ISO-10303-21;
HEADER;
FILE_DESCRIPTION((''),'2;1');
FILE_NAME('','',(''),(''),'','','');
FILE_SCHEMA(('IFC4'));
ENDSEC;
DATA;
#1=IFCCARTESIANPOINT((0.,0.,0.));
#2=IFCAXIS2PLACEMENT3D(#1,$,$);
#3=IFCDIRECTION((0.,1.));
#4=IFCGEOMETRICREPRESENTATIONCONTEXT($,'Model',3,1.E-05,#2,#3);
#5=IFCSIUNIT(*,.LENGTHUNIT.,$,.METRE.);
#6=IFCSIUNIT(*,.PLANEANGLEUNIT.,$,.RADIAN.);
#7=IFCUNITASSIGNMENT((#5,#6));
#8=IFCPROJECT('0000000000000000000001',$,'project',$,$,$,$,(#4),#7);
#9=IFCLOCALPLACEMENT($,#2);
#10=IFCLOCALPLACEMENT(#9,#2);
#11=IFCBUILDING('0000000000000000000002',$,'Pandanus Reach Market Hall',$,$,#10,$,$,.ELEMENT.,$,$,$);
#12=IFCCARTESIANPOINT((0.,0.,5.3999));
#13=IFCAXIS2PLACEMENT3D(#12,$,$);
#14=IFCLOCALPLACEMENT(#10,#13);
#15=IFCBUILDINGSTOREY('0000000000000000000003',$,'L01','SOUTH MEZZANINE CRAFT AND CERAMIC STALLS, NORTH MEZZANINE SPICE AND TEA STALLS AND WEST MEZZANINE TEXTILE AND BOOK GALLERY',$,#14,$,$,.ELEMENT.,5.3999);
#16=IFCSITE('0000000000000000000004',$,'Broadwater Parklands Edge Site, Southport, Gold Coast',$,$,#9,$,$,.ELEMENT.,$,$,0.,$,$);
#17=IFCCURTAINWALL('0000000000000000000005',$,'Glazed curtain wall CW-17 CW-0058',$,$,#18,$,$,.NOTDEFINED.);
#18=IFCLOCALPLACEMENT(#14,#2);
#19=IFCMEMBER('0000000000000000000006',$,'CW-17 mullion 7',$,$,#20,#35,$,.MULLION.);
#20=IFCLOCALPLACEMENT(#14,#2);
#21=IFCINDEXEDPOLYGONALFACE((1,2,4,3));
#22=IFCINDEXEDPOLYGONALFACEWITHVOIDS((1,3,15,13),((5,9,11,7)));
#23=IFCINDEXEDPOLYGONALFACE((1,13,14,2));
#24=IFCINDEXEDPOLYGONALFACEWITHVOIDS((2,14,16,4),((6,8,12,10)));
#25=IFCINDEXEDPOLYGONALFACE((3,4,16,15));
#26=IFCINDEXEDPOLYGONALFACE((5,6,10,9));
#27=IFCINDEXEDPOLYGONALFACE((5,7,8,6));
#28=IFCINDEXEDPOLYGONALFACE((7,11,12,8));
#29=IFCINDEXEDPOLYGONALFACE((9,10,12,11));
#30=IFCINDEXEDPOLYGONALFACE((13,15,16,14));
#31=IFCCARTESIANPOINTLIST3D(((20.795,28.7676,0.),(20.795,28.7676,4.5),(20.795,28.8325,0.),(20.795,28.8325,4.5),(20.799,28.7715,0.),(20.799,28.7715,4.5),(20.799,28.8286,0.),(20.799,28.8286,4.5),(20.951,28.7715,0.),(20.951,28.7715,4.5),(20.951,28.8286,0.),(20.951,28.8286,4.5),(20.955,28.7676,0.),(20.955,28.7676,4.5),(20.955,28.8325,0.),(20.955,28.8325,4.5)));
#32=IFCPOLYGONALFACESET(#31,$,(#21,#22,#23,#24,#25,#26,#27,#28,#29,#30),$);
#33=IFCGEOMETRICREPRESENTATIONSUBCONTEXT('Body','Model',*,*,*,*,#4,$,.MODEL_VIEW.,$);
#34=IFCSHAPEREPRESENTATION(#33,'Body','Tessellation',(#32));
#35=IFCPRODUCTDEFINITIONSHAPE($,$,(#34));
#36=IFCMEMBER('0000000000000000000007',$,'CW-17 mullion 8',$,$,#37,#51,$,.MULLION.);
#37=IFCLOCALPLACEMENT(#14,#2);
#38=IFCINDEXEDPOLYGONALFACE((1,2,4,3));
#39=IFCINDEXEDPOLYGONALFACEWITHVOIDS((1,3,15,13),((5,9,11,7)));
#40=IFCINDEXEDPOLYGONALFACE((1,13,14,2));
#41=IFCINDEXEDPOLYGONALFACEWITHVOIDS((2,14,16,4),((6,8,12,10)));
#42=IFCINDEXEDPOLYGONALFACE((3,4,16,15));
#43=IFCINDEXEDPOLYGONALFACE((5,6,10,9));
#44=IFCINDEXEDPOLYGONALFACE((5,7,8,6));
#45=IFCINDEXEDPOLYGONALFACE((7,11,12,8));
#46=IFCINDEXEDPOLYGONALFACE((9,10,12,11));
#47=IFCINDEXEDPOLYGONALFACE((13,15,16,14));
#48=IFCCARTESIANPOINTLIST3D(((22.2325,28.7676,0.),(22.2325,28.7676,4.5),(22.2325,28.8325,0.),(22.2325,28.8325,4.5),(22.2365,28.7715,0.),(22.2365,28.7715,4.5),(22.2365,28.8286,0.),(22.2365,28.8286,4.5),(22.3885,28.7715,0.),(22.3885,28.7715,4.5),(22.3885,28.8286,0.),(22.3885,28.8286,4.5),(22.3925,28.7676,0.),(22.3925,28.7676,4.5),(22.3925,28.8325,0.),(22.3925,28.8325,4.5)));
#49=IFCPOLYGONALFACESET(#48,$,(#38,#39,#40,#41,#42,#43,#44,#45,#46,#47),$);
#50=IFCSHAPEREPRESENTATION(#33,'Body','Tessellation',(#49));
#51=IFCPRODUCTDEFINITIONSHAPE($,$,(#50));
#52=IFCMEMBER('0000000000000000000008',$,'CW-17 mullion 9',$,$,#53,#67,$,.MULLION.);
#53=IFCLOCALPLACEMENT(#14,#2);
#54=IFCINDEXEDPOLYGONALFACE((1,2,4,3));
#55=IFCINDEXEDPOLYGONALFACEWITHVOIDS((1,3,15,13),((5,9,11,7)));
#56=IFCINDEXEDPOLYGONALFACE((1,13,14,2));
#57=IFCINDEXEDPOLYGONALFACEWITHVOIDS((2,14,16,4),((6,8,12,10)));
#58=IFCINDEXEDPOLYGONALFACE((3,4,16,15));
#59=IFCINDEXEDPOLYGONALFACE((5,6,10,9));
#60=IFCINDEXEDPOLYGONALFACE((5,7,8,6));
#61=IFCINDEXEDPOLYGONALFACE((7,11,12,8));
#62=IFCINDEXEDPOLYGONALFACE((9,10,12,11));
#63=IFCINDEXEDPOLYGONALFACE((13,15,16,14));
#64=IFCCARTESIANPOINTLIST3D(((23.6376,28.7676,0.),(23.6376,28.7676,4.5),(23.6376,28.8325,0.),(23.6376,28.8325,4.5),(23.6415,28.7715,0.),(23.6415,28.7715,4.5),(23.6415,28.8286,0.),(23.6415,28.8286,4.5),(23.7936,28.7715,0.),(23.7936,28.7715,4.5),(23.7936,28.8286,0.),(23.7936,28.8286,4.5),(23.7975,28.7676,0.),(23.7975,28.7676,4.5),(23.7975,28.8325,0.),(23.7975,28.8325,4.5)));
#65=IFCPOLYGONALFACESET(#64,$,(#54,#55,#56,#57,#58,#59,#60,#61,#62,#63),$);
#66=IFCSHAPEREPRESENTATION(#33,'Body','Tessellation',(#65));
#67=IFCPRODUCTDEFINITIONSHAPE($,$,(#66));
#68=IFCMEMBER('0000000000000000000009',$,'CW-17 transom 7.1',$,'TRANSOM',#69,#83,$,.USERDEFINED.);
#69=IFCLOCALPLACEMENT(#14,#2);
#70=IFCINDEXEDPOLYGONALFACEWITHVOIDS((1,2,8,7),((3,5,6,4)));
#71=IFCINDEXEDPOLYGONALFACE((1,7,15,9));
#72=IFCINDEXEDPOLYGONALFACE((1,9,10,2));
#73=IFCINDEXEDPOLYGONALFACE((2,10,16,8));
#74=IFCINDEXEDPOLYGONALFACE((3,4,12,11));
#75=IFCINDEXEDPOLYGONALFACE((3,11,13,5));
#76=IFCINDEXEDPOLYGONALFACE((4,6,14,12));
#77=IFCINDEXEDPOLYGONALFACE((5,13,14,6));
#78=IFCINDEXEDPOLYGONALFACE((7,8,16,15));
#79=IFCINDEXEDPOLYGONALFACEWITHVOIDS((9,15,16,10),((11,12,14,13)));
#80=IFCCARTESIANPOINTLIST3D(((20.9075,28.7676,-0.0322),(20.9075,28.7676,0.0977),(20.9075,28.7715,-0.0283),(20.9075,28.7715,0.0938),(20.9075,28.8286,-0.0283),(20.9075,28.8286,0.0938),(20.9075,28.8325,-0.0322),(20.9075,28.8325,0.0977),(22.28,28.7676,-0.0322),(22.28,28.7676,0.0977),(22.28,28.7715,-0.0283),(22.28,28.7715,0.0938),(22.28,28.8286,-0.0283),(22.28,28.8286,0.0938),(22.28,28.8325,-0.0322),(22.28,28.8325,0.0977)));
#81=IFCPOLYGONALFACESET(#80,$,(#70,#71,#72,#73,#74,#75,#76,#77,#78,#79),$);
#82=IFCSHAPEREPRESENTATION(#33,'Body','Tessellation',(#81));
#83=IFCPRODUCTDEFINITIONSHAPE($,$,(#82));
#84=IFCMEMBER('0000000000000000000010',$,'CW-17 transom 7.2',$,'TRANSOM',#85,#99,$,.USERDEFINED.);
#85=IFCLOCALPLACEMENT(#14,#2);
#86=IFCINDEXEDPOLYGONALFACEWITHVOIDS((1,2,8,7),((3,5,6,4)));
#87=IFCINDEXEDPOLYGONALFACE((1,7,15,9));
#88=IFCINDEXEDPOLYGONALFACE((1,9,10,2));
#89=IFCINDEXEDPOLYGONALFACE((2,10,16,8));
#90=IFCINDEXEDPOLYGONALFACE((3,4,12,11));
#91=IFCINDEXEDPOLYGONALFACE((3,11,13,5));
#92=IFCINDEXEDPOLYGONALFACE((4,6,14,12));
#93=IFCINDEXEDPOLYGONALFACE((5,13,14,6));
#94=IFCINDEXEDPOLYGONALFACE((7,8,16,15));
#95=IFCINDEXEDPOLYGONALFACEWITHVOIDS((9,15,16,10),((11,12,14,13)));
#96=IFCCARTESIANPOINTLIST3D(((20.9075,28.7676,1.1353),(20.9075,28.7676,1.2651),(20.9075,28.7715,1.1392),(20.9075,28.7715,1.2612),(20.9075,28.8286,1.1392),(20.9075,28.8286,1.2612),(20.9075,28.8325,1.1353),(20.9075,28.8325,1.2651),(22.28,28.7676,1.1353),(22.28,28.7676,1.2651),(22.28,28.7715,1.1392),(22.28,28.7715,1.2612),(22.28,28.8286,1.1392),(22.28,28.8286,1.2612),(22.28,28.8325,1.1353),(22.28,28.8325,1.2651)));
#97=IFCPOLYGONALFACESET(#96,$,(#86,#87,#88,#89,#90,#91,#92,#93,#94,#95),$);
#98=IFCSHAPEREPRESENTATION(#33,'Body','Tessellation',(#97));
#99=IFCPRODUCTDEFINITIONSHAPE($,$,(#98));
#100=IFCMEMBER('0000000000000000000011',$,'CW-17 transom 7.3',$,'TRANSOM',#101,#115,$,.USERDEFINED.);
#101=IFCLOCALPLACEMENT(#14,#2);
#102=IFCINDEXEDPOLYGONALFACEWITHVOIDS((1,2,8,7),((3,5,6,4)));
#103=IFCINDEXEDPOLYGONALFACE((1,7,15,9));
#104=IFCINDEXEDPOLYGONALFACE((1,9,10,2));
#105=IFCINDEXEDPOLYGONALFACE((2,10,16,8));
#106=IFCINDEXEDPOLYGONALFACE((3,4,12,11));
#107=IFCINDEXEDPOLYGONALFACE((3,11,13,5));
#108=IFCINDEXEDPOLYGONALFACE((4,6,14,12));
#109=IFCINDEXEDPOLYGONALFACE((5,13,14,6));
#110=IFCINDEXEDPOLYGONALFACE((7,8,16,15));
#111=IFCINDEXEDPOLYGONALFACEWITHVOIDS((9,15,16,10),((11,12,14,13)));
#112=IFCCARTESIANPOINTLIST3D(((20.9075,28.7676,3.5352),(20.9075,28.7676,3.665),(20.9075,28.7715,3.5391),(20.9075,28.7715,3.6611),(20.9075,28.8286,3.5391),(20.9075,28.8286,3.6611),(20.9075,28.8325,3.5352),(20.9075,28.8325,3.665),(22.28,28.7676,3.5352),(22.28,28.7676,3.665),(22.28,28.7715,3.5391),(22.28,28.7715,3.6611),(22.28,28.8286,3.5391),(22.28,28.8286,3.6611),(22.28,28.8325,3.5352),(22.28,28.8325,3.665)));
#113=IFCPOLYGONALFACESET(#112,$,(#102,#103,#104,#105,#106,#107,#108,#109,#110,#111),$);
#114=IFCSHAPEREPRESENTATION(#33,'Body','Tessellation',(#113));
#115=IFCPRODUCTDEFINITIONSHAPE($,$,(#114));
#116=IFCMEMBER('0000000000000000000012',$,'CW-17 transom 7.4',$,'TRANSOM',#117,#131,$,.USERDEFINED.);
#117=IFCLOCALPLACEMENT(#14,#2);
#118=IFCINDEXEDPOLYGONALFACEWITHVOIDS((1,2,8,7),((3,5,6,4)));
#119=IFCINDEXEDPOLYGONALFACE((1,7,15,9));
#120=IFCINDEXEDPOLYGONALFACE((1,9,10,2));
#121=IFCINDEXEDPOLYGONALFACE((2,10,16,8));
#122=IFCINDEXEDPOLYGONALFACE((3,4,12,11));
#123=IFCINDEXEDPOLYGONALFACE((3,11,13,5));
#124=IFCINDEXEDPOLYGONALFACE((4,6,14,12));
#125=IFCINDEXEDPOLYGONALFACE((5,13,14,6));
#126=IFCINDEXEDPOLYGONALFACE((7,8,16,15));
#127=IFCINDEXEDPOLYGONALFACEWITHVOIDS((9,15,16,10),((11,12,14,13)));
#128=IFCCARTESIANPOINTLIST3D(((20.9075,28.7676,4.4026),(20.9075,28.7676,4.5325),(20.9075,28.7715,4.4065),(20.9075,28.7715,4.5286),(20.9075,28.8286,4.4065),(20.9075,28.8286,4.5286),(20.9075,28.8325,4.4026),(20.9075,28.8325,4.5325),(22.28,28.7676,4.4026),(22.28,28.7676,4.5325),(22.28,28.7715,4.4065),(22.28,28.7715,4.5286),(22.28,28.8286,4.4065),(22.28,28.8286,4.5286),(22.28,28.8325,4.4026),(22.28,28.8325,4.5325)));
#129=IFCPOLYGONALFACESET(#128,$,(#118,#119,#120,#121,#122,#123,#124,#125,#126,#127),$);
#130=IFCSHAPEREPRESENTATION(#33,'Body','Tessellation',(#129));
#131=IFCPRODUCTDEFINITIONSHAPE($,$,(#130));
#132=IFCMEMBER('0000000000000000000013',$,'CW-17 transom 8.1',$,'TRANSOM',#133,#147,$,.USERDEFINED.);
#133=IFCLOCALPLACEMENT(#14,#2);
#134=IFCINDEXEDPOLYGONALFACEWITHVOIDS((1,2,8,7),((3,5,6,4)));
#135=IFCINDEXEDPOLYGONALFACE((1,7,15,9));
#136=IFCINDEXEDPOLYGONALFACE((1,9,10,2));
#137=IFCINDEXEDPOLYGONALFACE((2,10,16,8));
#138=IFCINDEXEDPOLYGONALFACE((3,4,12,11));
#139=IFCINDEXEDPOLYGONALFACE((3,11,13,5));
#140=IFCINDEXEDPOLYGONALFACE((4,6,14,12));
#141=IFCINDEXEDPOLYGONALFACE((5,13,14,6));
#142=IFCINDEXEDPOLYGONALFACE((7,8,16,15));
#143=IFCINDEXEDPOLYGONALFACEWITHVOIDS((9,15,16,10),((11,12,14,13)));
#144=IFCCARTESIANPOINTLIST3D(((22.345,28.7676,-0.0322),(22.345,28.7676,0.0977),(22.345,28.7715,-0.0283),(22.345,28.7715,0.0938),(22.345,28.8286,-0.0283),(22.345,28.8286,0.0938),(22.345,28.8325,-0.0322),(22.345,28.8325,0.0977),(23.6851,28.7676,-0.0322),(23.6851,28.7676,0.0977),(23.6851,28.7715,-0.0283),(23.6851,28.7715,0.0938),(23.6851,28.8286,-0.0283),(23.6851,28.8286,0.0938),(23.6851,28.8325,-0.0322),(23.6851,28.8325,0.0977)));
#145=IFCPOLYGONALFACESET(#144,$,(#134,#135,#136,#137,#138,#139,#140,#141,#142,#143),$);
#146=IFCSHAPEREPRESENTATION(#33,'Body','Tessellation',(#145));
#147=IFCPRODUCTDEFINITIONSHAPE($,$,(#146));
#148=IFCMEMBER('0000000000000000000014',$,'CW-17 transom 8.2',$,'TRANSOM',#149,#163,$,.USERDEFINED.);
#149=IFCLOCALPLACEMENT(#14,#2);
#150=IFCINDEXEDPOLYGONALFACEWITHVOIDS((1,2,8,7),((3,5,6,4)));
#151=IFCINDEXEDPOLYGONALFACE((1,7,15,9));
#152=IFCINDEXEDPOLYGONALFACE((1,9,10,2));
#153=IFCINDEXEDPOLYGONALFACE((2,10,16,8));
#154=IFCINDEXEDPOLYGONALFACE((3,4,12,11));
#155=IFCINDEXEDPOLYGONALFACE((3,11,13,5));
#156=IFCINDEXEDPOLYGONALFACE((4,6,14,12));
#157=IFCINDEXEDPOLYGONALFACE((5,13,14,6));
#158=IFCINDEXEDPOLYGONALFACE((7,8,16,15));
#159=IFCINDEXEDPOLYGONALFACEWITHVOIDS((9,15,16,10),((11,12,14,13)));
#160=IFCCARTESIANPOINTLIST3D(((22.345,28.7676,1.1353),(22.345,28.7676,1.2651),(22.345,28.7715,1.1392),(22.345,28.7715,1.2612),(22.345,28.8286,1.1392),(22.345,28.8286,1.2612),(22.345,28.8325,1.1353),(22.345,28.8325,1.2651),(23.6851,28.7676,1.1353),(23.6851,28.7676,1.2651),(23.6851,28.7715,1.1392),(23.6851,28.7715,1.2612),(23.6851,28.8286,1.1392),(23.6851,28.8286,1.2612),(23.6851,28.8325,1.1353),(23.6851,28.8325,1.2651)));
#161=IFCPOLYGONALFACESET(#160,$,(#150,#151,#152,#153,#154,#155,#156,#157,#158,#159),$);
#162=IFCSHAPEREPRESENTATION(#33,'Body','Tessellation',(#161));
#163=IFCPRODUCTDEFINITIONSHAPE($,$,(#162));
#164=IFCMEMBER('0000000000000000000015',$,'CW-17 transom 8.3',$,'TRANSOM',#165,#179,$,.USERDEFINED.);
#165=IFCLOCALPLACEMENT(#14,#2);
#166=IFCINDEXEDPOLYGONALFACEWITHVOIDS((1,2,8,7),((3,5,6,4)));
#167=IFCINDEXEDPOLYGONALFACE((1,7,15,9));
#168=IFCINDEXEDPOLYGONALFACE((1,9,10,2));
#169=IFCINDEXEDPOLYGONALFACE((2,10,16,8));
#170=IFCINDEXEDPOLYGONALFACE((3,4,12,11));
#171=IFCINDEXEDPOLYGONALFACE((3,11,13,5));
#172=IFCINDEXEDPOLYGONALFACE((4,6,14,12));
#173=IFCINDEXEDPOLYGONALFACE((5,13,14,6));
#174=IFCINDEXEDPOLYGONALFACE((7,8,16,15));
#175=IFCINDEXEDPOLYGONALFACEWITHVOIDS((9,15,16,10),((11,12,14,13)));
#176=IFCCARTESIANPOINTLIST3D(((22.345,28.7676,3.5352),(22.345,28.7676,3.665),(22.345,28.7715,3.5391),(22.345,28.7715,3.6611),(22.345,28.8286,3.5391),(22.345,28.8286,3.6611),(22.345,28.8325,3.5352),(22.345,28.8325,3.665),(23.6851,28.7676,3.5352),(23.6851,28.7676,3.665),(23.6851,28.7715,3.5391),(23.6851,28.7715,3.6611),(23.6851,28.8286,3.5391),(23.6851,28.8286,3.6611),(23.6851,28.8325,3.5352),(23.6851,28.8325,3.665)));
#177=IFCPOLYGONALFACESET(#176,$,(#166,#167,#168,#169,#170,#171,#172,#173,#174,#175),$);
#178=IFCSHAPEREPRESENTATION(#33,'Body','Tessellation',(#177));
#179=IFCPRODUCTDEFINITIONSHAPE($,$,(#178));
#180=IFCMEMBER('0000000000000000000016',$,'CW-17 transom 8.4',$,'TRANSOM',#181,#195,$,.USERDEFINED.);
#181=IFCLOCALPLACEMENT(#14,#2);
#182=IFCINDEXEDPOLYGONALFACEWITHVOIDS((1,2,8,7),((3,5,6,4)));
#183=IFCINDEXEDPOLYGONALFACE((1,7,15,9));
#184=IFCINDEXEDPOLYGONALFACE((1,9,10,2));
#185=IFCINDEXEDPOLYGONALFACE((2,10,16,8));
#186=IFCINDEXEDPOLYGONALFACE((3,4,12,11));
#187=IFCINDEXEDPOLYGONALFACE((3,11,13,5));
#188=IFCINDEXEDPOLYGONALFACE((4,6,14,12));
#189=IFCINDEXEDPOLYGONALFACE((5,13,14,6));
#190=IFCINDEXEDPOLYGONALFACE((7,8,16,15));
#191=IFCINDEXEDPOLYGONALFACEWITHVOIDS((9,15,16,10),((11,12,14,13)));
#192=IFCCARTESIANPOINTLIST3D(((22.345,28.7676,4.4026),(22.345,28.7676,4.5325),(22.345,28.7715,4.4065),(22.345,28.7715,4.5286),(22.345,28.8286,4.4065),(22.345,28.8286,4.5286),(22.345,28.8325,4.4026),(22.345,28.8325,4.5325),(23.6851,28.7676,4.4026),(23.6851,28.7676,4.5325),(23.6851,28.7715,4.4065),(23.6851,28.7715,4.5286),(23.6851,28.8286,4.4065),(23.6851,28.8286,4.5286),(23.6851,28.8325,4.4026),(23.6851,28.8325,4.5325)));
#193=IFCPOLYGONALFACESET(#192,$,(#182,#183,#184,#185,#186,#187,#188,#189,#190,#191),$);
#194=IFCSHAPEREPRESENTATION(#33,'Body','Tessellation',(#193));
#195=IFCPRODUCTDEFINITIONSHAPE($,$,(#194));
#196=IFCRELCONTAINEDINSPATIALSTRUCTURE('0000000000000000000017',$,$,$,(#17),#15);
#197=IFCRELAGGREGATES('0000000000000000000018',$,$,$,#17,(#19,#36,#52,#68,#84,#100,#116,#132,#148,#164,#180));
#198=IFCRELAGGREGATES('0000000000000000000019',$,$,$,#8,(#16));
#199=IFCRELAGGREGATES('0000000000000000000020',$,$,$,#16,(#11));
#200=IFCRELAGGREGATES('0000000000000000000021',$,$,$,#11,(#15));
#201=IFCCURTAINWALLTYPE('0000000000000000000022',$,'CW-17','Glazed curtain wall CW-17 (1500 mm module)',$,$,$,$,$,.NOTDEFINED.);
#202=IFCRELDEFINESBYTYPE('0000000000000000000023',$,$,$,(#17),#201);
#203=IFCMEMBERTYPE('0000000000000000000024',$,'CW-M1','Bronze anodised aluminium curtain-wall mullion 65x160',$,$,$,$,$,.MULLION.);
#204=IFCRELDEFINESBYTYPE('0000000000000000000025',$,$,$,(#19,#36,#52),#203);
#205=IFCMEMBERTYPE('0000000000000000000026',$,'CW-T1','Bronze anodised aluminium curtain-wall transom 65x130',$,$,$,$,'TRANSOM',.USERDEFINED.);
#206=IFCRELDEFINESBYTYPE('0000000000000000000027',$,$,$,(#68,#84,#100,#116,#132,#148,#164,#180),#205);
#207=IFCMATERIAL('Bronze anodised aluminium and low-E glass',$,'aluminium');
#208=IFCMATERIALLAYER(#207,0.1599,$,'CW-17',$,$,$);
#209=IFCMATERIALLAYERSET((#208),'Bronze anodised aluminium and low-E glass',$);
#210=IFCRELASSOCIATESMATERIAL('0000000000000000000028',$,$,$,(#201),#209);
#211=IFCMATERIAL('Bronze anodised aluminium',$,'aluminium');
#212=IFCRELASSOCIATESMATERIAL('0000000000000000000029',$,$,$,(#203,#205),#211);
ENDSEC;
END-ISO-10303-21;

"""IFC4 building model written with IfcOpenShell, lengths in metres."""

from ifc_helpers import new_model, si_unit, direction, frame, origin, origin_2d, place, context, subcontext, project, spatial, hollow_rectangle, extrude, material, layer, layer_set, material_profile, profile_set, type_object, element, aggregate, save


model = new_model("IFC4")

# Units and contexts
model_context = context("Model", 3, precision=1e-05, world=origin(), true_north=direction((0.0, 1.0)))
body_context = subcontext(model_context, "Body", "Model", "MODEL_VIEW")
ifc_project = project(units=[si_unit("LENGTHUNIT", "METRE"), si_unit("PLANEANGLEUNIT", "RADIAN")], contexts=[model_context])

# Site, building, storey
site_placement = place(None, origin())
site = spatial("IfcSite", under=ifc_project, at=site_placement, Name="Broadwater Parklands Edge Site, Southport, Gold Coast", CompositionType="ELEMENT", RefElevation=0.0)
building_placement = place(site_placement, origin())
building = spatial("IfcBuilding", under=site, at=building_placement, Name="Pandanus Reach Market Hall", CompositionType="ELEMENT")
storey_placement = place(building_placement, frame((0.0, 0.0, 5.3999)))
storey = spatial("IfcBuildingStorey", under=building, at=storey_placement, Name="L01", Description="SOUTH MEZZANINE CRAFT AND CERAMIC STALLS, NORTH MEZZANINE SPICE AND TEA STALLS AND WEST MEZZANINE TEXTILE AND BOOK GALLERY", CompositionType="ELEMENT", Elevation=5.3999)

# Curtain wall, members
ifc_material_1 = material(Name="Bronze anodised aluminium and low-E glass", Category="aluminium")
ifc_layer_1 = layer(ifc_material_1, 0.1599, Name="CW-17")
ifc_layer_set_1 = layer_set([ifc_layer_1], Name="Bronze anodised aluminium and low-E glass")
curtain_wall_type = type_object("IfcCurtainWallType", Name="CW-17", Description="Glazed curtain wall CW-17 (1500 mm module)", PredefinedType="NOTDEFINED", material=ifc_layer_set_1)
curtain_wall_placement = place(storey_placement, origin())
curtain_wall = element("IfcCurtainWall", 1, at=curtain_wall_placement, inside=storey, type_object=curtain_wall_type, Name="Glazed curtain wall CW-17 CW-0058", PredefinedType="NOTDEFINED")
ifc_material_2 = material(Name="Bronze anodised aluminium", Category="aluminium")
ifc_material_profile_1 = material_profile(ifc_material_2, hollow_rectangle(XDim=0.0649, YDim=0.1599, WallThickness=0.0039, at=origin_2d()), Name="ALU65x160", Category="LoadBearing")
ifc_profile_set_1 = profile_set([ifc_material_profile_1], Name="Bronze anodised aluminium")
member_type_1 = type_object("IfcMemberType", Name="CW-M1", Description="Bronze anodised aluminium curtain-wall mullion 65x160", PredefinedType="MULLION", material=ifc_profile_set_1)
member_1_placement = place(storey_placement, frame((20.875, 28.8, 0.0), z_axis=(0.0, 0.0, 1.0), x_axis=(0.0, 1.0, 0.0)))
member_1 = element("IfcMember", 2, at=member_1_placement, type_object=member_type_1, Name="CW-17 mullion 7", PredefinedType="MULLION", context=body_context, shape_type="SweptSolid", body=[
    extrude(hollow_rectangle(XDim=0.0649, YDim=0.1599, WallThickness=0.0039, at=origin_2d()), origin(), (0.0, 0.0, 1.0), 4.5),
])
member_2_placement = place(storey_placement, frame((22.3125, 28.8, 0.0), z_axis=(0.0, 0.0, 1.0), x_axis=(0.0, 1.0, 0.0)))
member_2 = element("IfcMember", 3, at=member_2_placement, type_object=member_type_1, Name="CW-17 mullion 8", PredefinedType="MULLION", context=body_context, shape_type="SweptSolid", body=[
    extrude(hollow_rectangle(XDim=0.0649, YDim=0.1599, WallThickness=0.0039, at=origin_2d()), origin(), (0.0, 0.0, 1.0), 4.5),
])
member_3_placement = place(storey_placement, frame((23.7175, 28.8, 0.0), z_axis=(0.0, 0.0, 1.0), x_axis=(0.0, 1.0, 0.0)))
member_3 = element("IfcMember", 4, at=member_3_placement, type_object=member_type_1, Name="CW-17 mullion 9", PredefinedType="MULLION", context=body_context, shape_type="SweptSolid", body=[
    extrude(hollow_rectangle(XDim=0.0649, YDim=0.1599, WallThickness=0.0039, at=origin_2d()), origin(), (0.0, 0.0, 1.0), 4.5),
])
ifc_material_profile_2 = material_profile(ifc_material_2, hollow_rectangle(XDim=0.0649, YDim=0.1299, WallThickness=0.0039, at=origin_2d()), Name="ALU65x130", Category="LoadBearing")
ifc_profile_set_2 = profile_set([ifc_material_profile_2], Name="Bronze anodised aluminium")
member_type_2 = type_object("IfcMemberType", Name="CW-T1", Description="Bronze anodised aluminium curtain-wall transom 65x130", ElementType="TRANSOM", PredefinedType="USERDEFINED", material=ifc_profile_set_2)
member_4_placement = place(storey_placement, frame((20.9075, 28.8, 0.0327), z_axis=(1.0, 0.0, 0.0), x_axis=(0.0, 1.0, 0.0)))
member_4 = element("IfcMember", 5, at=member_4_placement, type_object=member_type_2, Name="CW-17 transom 7.1", ObjectType="TRANSOM", PredefinedType="USERDEFINED", context=body_context, shape_type="SweptSolid", body=[
    extrude(hollow_rectangle(XDim=0.0649, YDim=0.1299, WallThickness=0.0039, at=origin_2d()), origin(), (0.0, 0.0, 1.0), 1.3726),
])
member_5_placement = place(storey_placement, frame((20.9075, 28.8, 1.2002), z_axis=(1.0, 0.0, 0.0), x_axis=(0.0, 1.0, 0.0)))
member_5 = element("IfcMember", 6, at=member_5_placement, type_object=member_type_2, Name="CW-17 transom 7.2", ObjectType="TRANSOM", PredefinedType="USERDEFINED", context=body_context, shape_type="SweptSolid", body=[
    extrude(hollow_rectangle(XDim=0.0649, YDim=0.1299, WallThickness=0.0039, at=origin_2d()), origin(), (0.0, 0.0, 1.0), 1.3726),
])
member_6_placement = place(storey_placement, frame((20.9075, 28.8, 3.6001), z_axis=(1.0, 0.0, 0.0), x_axis=(0.0, 1.0, 0.0)))
member_6 = element("IfcMember", 7, at=member_6_placement, type_object=member_type_2, Name="CW-17 transom 7.3", ObjectType="TRANSOM", PredefinedType="USERDEFINED", context=body_context, shape_type="SweptSolid", body=[
    extrude(hollow_rectangle(XDim=0.0649, YDim=0.1299, WallThickness=0.0039, at=origin_2d()), origin(), (0.0, 0.0, 1.0), 1.3726),
])
member_7_placement = place(storey_placement, frame((20.9075, 28.8, 4.4675), z_axis=(1.0, 0.0, 0.0), x_axis=(0.0, 1.0, 0.0)))
member_7 = element("IfcMember", 8, at=member_7_placement, type_object=member_type_2, Name="CW-17 transom 7.4", ObjectType="TRANSOM", PredefinedType="USERDEFINED", context=body_context, shape_type="SweptSolid", body=[
    extrude(hollow_rectangle(XDim=0.0649, YDim=0.1299, WallThickness=0.0039, at=origin_2d()), origin(), (0.0, 0.0, 1.0), 1.3726),
])
member_8_placement = place(storey_placement, frame((22.345, 28.8, 0.0327), z_axis=(1.0, 0.0, 0.0), x_axis=(0.0, 1.0, 0.0)))
member_8 = element("IfcMember", 9, at=member_8_placement, type_object=member_type_2, Name="CW-17 transom 8.1", ObjectType="TRANSOM", PredefinedType="USERDEFINED", context=body_context, shape_type="SweptSolid", body=[
    extrude(hollow_rectangle(XDim=0.0649, YDim=0.1299, WallThickness=0.0039, at=origin_2d()), origin(), (0.0, 0.0, 1.0), 1.3401),
])
member_9_placement = place(storey_placement, frame((22.345, 28.8, 1.2002), z_axis=(1.0, 0.0, 0.0), x_axis=(0.0, 1.0, 0.0)))
member_9 = element("IfcMember", 10, at=member_9_placement, type_object=member_type_2, Name="CW-17 transom 8.2", ObjectType="TRANSOM", PredefinedType="USERDEFINED", context=body_context, shape_type="SweptSolid", body=[
    extrude(hollow_rectangle(XDim=0.0649, YDim=0.1299, WallThickness=0.0039, at=origin_2d()), origin(), (0.0, 0.0, 1.0), 1.3401),
])
member_10_placement = place(storey_placement, frame((22.345, 28.8, 3.6001), z_axis=(1.0, 0.0, 0.0), x_axis=(0.0, 1.0, 0.0)))
member_10 = element("IfcMember", 11, at=member_10_placement, type_object=member_type_2, Name="CW-17 transom 8.3", ObjectType="TRANSOM", PredefinedType="USERDEFINED", context=body_context, shape_type="SweptSolid", body=[
    extrude(hollow_rectangle(XDim=0.0649, YDim=0.1299, WallThickness=0.0039, at=origin_2d()), origin(), (0.0, 0.0, 1.0), 1.3401),
])
member_11_placement = place(storey_placement, frame((22.345, 28.8, 4.4675), z_axis=(1.0, 0.0, 0.0), x_axis=(0.0, 1.0, 0.0)))
member_11 = element("IfcMember", 12, at=member_11_placement, type_object=member_type_2, Name="CW-17 transom 8.4", ObjectType="TRANSOM", PredefinedType="USERDEFINED", context=body_context, shape_type="SweptSolid", body=[
    extrude(hollow_rectangle(XDim=0.0649, YDim=0.1299, WallThickness=0.0039, at=origin_2d()), origin(), (0.0, 0.0, 1.0), 1.3401),
])
aggregate(curtain_wall, [member_1, member_2, member_3, member_4, member_5, member_6, member_7, member_8, member_9, member_10, member_11])

save(model, "model.ifc")
